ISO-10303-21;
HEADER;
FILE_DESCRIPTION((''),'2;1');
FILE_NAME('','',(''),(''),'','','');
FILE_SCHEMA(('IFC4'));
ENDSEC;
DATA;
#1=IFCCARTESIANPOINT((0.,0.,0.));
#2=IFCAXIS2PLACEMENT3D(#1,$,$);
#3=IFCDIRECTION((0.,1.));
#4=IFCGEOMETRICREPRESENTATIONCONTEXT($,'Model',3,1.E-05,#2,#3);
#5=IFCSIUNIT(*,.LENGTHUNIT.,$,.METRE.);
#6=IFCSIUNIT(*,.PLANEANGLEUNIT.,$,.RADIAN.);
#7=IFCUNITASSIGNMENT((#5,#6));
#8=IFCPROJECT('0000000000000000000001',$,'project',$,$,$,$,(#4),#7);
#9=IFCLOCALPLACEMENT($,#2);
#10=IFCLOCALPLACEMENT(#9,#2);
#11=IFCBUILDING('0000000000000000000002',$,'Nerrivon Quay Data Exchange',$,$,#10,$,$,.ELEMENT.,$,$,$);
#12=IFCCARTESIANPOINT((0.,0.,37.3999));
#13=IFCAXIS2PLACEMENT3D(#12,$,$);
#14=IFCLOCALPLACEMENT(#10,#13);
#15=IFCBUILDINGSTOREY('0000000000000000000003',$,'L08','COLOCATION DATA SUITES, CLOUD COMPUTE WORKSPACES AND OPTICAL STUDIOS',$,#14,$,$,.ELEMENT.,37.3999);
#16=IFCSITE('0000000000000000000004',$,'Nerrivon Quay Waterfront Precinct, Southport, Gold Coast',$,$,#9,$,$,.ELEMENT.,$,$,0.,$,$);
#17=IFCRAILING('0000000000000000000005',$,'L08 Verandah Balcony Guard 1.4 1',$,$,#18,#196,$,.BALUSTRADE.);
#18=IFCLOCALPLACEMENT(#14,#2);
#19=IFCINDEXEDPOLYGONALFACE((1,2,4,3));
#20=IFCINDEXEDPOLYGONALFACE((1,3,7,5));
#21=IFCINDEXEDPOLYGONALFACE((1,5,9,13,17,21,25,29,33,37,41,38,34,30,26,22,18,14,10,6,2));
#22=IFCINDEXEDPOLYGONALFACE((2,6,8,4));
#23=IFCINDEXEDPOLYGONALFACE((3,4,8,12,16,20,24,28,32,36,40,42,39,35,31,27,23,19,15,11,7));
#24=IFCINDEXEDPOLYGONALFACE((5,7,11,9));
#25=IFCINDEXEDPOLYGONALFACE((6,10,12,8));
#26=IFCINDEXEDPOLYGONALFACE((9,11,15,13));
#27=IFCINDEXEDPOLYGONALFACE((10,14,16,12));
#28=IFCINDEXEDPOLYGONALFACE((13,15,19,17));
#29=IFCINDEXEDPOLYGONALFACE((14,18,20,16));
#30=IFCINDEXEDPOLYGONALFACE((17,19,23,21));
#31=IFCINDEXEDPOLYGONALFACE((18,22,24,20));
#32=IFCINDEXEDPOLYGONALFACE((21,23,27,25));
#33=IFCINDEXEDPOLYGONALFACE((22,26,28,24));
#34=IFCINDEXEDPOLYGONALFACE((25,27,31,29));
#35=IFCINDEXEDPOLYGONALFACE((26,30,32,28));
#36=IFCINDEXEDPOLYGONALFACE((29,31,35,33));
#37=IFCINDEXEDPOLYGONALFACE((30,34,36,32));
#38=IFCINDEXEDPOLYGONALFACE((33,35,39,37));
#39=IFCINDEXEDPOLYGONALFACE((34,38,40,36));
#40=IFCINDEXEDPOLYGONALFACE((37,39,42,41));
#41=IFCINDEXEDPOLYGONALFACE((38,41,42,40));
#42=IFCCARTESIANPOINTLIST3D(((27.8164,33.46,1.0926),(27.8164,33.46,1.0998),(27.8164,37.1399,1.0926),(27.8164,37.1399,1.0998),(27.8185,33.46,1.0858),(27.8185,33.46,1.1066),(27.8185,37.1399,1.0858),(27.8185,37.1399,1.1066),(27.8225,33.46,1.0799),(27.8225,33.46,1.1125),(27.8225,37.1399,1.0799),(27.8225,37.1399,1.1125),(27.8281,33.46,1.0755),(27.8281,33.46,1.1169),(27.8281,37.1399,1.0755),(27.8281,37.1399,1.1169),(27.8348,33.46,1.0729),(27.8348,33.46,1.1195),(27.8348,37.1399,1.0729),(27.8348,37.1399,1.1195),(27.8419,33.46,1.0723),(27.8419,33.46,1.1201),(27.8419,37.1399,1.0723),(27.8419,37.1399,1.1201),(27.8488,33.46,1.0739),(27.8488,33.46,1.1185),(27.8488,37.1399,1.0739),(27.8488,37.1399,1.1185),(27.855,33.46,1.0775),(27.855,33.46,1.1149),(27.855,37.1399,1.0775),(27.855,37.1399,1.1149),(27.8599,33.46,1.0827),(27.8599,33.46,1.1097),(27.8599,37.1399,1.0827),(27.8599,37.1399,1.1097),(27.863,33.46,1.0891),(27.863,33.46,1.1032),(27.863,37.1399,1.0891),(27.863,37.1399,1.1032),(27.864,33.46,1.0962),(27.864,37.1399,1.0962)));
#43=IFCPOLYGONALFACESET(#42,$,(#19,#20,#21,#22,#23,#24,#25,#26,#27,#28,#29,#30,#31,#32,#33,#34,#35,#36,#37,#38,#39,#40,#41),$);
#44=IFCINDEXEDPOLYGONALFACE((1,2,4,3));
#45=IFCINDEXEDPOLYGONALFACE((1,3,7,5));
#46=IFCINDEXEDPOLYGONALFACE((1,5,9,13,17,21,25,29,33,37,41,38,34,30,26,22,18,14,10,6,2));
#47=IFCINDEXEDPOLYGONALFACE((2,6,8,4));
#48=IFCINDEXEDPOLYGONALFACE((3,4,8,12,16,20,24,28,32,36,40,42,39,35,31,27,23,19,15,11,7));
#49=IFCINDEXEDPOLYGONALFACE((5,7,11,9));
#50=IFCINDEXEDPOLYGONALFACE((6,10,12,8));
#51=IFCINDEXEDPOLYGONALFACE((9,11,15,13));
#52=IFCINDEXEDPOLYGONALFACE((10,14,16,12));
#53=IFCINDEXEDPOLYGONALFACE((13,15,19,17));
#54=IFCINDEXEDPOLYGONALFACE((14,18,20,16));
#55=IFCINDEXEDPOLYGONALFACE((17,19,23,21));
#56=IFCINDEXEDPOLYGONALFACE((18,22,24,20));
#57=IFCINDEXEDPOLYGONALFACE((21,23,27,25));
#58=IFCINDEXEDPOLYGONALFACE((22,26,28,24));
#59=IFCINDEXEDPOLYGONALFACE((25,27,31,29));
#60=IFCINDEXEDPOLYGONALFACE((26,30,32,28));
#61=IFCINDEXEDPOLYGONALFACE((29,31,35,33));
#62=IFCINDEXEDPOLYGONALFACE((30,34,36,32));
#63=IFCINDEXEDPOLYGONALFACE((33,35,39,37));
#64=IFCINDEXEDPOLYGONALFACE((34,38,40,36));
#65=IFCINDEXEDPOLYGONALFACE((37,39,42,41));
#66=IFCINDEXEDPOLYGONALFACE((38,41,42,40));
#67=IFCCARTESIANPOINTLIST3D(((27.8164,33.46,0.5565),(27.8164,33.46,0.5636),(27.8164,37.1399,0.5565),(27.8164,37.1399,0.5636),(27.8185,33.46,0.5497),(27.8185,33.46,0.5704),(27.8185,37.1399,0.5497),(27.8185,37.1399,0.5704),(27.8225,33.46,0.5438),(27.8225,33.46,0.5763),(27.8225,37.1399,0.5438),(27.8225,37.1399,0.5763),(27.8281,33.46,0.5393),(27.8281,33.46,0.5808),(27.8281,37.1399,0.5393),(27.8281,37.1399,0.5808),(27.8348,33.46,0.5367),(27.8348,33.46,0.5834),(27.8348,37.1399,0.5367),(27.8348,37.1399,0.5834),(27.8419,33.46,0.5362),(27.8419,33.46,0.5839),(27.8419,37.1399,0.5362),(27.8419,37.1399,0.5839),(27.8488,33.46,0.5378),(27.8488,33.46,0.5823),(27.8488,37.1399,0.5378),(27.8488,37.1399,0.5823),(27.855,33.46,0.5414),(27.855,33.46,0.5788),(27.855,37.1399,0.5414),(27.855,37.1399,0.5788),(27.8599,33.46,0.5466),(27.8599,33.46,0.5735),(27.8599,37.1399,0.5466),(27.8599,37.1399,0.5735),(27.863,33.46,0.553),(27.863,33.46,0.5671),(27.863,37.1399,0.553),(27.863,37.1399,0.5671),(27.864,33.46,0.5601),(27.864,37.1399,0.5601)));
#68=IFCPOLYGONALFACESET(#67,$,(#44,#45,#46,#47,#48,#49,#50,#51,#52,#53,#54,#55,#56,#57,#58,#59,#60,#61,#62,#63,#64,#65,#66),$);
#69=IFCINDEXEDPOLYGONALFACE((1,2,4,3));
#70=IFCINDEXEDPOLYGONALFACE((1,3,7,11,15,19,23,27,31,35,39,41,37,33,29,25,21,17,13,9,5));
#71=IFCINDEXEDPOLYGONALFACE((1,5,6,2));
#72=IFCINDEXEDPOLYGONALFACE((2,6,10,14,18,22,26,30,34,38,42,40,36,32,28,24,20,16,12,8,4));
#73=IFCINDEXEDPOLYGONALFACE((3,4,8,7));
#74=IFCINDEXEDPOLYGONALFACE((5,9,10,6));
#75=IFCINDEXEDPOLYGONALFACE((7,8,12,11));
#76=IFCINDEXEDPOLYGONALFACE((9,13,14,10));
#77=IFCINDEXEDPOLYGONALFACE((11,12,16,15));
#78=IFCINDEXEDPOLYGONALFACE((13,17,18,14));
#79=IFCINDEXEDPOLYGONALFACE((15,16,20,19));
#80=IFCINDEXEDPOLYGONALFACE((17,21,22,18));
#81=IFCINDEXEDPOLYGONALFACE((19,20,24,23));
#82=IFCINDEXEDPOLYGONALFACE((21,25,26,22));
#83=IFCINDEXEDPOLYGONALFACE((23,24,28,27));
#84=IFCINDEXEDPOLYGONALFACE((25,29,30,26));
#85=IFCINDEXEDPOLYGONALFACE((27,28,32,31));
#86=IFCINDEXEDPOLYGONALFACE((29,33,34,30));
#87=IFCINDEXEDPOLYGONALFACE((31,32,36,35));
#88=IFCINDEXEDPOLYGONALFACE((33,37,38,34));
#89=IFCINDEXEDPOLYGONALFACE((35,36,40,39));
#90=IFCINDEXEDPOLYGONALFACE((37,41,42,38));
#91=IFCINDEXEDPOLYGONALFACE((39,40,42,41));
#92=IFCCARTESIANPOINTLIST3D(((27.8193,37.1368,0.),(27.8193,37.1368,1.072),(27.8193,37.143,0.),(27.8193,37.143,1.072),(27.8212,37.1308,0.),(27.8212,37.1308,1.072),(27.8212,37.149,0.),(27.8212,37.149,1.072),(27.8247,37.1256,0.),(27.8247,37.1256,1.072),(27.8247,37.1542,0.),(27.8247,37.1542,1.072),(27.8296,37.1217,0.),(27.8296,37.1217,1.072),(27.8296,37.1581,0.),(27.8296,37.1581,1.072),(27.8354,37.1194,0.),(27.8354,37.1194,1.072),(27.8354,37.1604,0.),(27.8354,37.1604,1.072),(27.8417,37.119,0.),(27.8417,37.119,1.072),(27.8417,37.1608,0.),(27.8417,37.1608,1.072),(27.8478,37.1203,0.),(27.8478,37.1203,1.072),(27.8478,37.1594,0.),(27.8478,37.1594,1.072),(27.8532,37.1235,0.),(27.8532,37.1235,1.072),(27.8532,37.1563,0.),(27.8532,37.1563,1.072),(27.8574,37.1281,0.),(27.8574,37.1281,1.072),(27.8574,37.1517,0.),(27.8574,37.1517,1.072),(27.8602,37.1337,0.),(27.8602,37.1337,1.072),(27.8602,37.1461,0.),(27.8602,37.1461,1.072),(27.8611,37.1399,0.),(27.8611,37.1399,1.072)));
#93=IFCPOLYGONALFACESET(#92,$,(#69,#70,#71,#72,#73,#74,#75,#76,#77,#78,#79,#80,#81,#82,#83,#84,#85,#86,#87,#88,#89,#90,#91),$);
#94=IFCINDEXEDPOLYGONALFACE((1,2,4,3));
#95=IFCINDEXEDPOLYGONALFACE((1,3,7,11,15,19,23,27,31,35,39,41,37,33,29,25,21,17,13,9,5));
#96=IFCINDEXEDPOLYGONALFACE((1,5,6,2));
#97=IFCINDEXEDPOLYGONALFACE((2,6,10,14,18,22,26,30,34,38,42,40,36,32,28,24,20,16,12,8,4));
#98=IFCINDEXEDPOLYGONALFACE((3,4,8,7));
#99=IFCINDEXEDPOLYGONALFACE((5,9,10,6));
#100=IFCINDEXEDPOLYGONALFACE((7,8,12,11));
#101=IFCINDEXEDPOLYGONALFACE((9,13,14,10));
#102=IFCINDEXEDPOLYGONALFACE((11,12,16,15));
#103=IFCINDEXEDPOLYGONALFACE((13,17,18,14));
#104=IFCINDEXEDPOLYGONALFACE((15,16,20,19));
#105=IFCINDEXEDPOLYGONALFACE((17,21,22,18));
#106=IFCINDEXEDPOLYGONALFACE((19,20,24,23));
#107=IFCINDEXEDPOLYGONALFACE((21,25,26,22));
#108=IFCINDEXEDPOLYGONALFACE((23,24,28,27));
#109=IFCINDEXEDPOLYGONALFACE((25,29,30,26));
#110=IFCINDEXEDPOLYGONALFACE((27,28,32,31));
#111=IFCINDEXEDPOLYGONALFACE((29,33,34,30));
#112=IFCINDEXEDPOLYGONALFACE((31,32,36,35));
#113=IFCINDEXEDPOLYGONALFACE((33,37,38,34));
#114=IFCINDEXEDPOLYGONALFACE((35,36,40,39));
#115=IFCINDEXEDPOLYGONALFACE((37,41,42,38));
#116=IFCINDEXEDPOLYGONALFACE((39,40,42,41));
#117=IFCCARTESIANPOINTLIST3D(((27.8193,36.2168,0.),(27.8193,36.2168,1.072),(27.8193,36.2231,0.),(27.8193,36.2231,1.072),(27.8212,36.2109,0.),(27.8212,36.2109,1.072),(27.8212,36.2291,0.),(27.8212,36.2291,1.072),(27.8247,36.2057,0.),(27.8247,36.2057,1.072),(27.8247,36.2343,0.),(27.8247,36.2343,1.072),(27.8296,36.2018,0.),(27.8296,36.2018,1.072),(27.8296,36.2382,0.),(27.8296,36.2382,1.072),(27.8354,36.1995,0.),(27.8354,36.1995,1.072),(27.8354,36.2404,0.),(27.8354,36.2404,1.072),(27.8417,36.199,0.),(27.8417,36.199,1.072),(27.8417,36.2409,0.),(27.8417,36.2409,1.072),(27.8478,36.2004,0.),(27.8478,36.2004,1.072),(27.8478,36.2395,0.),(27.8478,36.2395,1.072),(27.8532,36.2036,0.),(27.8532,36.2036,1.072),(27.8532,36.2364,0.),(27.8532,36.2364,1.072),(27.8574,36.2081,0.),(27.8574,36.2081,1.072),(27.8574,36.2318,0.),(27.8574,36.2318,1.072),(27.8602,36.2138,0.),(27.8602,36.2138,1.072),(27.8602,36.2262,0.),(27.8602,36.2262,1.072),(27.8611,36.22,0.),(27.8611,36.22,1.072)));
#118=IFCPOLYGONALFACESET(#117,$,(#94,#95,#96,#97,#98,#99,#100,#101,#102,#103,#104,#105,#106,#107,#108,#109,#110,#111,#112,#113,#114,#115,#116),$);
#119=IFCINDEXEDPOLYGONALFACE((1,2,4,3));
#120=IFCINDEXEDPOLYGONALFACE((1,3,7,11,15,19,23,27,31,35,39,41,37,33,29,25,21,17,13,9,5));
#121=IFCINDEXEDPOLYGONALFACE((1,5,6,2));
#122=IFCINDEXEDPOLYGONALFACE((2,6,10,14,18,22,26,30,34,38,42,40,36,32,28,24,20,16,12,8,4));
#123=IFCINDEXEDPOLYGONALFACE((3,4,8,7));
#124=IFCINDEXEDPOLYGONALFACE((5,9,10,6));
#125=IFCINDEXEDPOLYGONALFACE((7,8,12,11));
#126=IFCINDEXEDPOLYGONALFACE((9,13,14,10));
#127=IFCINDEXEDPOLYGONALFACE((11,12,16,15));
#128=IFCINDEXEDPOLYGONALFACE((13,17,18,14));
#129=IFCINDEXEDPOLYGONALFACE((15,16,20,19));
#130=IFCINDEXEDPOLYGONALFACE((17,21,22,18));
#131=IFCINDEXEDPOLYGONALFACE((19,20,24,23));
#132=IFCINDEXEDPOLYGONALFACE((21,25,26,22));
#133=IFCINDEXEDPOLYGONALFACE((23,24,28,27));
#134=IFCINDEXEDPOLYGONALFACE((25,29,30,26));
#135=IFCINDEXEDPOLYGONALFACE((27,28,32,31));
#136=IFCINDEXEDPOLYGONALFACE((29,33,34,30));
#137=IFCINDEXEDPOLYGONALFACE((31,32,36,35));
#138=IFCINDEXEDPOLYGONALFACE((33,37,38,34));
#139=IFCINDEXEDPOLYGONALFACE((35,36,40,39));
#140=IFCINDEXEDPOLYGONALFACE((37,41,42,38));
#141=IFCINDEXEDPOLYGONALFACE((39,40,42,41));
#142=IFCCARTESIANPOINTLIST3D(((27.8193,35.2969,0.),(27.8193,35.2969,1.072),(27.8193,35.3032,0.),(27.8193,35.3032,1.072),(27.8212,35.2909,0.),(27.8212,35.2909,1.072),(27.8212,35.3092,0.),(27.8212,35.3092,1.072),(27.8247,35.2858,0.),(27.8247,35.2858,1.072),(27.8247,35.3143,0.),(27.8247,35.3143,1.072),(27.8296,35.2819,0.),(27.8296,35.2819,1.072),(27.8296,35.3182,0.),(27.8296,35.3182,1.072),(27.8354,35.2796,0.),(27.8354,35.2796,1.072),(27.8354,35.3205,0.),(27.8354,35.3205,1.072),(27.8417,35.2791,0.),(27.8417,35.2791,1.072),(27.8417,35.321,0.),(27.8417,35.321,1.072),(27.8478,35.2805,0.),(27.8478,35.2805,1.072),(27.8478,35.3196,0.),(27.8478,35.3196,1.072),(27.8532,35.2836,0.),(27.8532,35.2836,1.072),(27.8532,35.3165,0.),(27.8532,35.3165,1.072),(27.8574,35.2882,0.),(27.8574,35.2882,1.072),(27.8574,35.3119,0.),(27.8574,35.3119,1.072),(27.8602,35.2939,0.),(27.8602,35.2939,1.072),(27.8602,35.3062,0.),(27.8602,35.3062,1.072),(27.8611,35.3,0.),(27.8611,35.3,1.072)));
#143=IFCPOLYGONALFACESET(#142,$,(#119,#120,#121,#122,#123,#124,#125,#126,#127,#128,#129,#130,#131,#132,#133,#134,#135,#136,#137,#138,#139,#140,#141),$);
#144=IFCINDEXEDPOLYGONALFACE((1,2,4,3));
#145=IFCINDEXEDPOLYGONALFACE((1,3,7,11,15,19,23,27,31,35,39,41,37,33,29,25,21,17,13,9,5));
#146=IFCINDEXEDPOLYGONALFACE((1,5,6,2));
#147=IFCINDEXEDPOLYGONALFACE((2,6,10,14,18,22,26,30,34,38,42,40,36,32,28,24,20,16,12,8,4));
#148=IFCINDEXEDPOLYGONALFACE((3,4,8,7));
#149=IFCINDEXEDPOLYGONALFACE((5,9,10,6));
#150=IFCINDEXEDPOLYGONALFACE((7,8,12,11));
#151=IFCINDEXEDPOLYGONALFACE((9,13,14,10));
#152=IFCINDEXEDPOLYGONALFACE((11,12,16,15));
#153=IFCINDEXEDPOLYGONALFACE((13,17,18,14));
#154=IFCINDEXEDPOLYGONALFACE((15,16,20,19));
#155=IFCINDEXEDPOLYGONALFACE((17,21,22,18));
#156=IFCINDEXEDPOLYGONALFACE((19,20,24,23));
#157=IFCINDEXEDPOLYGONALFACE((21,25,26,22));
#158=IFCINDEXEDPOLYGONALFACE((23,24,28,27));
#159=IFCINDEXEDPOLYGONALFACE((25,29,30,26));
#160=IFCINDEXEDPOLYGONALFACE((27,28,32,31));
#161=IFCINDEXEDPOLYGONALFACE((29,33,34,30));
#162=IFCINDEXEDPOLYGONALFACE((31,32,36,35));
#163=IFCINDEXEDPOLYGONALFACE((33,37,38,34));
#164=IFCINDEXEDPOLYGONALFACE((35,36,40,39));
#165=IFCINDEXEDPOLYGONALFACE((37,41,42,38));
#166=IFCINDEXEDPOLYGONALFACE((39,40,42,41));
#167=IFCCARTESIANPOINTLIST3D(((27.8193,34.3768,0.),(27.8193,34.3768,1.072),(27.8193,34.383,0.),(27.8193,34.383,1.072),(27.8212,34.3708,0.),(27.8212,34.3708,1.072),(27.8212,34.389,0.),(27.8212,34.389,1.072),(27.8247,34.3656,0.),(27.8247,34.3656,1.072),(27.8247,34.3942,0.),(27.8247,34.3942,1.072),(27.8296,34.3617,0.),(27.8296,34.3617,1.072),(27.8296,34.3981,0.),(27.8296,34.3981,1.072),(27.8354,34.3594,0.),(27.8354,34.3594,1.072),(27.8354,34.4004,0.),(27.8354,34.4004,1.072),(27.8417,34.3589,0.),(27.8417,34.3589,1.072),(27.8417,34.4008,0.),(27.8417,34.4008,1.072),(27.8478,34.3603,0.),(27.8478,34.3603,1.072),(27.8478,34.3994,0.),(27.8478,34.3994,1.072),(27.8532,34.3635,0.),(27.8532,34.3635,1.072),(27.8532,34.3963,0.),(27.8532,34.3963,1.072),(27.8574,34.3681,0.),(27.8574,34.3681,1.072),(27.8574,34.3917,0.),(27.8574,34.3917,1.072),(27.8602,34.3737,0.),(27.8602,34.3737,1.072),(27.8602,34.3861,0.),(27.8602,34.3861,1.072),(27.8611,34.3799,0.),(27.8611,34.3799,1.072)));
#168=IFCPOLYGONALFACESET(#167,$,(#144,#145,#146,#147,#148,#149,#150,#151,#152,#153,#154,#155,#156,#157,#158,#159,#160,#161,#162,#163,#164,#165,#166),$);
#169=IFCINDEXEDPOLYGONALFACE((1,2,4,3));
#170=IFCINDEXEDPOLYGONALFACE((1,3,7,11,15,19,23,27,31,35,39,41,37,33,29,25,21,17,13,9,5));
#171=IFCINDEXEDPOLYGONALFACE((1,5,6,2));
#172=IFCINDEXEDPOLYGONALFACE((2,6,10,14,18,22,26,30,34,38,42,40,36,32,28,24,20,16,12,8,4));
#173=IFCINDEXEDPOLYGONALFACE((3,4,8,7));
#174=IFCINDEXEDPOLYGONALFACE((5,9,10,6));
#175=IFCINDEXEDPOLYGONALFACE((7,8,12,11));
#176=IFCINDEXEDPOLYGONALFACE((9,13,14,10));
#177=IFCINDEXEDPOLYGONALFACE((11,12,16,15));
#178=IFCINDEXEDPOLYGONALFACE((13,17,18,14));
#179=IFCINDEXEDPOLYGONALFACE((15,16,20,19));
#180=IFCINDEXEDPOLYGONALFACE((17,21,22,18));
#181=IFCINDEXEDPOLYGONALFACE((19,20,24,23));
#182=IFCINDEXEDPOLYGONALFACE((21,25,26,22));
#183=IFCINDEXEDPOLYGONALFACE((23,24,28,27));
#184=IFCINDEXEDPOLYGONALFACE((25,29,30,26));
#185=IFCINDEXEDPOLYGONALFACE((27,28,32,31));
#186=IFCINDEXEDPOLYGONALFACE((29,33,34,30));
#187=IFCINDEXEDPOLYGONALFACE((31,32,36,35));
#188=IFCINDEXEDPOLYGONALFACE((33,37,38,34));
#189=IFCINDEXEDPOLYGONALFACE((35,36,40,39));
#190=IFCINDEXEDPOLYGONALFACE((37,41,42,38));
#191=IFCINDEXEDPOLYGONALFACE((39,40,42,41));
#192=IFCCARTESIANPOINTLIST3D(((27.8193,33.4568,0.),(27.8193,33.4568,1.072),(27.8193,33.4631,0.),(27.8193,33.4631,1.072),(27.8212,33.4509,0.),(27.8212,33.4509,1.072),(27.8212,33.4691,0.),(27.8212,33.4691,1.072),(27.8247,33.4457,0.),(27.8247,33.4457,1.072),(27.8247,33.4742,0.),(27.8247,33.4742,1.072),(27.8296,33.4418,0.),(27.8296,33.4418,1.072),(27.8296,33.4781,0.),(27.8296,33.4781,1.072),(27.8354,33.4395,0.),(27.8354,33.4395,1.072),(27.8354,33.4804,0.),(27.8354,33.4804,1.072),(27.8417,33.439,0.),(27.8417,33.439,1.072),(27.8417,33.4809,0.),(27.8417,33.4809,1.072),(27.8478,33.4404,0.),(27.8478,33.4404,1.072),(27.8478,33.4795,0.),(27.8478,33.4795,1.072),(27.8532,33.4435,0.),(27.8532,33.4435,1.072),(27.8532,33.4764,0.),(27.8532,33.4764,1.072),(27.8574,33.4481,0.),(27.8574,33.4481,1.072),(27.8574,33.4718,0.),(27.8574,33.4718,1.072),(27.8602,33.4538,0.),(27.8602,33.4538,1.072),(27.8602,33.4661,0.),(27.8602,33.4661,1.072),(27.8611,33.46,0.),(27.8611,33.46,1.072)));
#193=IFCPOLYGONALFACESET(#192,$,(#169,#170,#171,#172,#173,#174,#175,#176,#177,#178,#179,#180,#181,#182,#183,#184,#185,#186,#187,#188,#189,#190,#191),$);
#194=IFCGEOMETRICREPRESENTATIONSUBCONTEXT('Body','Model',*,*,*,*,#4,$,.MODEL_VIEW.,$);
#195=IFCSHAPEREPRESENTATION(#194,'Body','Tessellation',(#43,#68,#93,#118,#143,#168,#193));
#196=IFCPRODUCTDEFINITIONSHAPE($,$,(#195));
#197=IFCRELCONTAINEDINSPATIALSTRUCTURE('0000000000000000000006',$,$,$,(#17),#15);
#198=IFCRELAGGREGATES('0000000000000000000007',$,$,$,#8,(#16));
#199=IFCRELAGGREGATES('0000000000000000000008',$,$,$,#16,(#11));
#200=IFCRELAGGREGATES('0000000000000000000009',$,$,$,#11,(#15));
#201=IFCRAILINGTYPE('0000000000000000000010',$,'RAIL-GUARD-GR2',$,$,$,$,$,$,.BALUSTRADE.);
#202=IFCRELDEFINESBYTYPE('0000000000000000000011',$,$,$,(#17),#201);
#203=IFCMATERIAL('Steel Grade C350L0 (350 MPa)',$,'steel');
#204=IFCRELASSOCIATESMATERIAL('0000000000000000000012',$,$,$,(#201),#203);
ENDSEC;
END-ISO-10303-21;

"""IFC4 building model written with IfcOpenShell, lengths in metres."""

from ifc_helpers import new_model, si_unit, direction, frame, origin, origin_2d, place, context, subcontext, project, spatial, circle, extrude, material, type_object, element, save


model = new_model("IFC4")

# Units and contexts
model_context = context("Model", 3, precision=1e-05, world=origin(), true_north=direction((0.0, 1.0)))
body_context = subcontext(model_context, "Body", "Model", "MODEL_VIEW")
ifc_project = project(units=[si_unit("LENGTHUNIT", "METRE"), si_unit("PLANEANGLEUNIT", "RADIAN")], contexts=[model_context])

# Site, building, storey
site_placement = place(None, origin())
site = spatial("IfcSite", under=ifc_project, at=site_placement, Name="Nerrivon Quay Waterfront Precinct, Southport, Gold Coast", CompositionType="ELEMENT", RefElevation=0.0)
building_placement = place(site_placement, origin())
building = spatial("IfcBuilding", under=site, at=building_placement, Name="Nerrivon Quay Data Exchange", CompositionType="ELEMENT")
storey_placement = place(building_placement, frame((0.0, 0.0, 37.3999)))
storey = spatial("IfcBuildingStorey", under=building, at=storey_placement, Name="L08", Description="COLOCATION DATA SUITES, CLOUD COMPUTE WORKSPACES AND OPTICAL STUDIOS", CompositionType="ELEMENT", Elevation=37.3999)

# Railing
ifc_material_1 = material(Name="Steel Grade C350L0 (350 MPa)", Category="steel")
railing_type = type_object("IfcRailingType", Name="RAIL-GUARD-GR2", PredefinedType="BALUSTRADE", material=ifc_material_1)
railing_1_placement = place(storey_placement, frame((27.8401, 37.1399, 0.0)))
element("IfcRailing", 1, at=railing_1_placement, inside=storey, type_object=railing_type, Name="L08 Verandah Balcony Guard 1.4 1", PredefinedType="BALUSTRADE", context=body_context, shape_type="SweptSolid", body=[
    extrude(circle(Radius=0.0239, at=origin_2d()), frame((0.0, 0.0, 1.0962), z_axis=(0.0, -1.0, 0.0), x_axis=(1.0, 0.0, 0.0)), (0.0, 0.0, 1.0), 3.6799),
    extrude(circle(Radius=0.0239, at=origin_2d()), frame((0.0, 0.0, 0.5601), z_axis=(0.0, -1.0, 0.0), x_axis=(1.0, 0.0, 0.0)), (0.0, 0.0, 1.0), 3.6799),
    extrude(circle(Radius=0.021, at=origin_2d()), origin(), (0.0, 0.0, 1.0), 1.072),
    extrude(circle(Radius=0.021, at=origin_2d()), frame((0.0, -0.9199, 0.0)), (0.0, 0.0, 1.0), 1.072),
    extrude(circle(Radius=0.021, at=origin_2d()), frame((0.0, -1.8398, 0.0)), (0.0, 0.0, 1.0), 1.072),
    extrude(circle(Radius=0.021, at=origin_2d()), frame((0.0, -2.76, 0.0)), (0.0, 0.0, 1.0), 1.072),
    extrude(circle(Radius=0.021, at=origin_2d()), frame((0.0, -3.6799, 0.0)), (0.0, 0.0, 1.0), 1.072),
])

save(model, "model.ifc")
